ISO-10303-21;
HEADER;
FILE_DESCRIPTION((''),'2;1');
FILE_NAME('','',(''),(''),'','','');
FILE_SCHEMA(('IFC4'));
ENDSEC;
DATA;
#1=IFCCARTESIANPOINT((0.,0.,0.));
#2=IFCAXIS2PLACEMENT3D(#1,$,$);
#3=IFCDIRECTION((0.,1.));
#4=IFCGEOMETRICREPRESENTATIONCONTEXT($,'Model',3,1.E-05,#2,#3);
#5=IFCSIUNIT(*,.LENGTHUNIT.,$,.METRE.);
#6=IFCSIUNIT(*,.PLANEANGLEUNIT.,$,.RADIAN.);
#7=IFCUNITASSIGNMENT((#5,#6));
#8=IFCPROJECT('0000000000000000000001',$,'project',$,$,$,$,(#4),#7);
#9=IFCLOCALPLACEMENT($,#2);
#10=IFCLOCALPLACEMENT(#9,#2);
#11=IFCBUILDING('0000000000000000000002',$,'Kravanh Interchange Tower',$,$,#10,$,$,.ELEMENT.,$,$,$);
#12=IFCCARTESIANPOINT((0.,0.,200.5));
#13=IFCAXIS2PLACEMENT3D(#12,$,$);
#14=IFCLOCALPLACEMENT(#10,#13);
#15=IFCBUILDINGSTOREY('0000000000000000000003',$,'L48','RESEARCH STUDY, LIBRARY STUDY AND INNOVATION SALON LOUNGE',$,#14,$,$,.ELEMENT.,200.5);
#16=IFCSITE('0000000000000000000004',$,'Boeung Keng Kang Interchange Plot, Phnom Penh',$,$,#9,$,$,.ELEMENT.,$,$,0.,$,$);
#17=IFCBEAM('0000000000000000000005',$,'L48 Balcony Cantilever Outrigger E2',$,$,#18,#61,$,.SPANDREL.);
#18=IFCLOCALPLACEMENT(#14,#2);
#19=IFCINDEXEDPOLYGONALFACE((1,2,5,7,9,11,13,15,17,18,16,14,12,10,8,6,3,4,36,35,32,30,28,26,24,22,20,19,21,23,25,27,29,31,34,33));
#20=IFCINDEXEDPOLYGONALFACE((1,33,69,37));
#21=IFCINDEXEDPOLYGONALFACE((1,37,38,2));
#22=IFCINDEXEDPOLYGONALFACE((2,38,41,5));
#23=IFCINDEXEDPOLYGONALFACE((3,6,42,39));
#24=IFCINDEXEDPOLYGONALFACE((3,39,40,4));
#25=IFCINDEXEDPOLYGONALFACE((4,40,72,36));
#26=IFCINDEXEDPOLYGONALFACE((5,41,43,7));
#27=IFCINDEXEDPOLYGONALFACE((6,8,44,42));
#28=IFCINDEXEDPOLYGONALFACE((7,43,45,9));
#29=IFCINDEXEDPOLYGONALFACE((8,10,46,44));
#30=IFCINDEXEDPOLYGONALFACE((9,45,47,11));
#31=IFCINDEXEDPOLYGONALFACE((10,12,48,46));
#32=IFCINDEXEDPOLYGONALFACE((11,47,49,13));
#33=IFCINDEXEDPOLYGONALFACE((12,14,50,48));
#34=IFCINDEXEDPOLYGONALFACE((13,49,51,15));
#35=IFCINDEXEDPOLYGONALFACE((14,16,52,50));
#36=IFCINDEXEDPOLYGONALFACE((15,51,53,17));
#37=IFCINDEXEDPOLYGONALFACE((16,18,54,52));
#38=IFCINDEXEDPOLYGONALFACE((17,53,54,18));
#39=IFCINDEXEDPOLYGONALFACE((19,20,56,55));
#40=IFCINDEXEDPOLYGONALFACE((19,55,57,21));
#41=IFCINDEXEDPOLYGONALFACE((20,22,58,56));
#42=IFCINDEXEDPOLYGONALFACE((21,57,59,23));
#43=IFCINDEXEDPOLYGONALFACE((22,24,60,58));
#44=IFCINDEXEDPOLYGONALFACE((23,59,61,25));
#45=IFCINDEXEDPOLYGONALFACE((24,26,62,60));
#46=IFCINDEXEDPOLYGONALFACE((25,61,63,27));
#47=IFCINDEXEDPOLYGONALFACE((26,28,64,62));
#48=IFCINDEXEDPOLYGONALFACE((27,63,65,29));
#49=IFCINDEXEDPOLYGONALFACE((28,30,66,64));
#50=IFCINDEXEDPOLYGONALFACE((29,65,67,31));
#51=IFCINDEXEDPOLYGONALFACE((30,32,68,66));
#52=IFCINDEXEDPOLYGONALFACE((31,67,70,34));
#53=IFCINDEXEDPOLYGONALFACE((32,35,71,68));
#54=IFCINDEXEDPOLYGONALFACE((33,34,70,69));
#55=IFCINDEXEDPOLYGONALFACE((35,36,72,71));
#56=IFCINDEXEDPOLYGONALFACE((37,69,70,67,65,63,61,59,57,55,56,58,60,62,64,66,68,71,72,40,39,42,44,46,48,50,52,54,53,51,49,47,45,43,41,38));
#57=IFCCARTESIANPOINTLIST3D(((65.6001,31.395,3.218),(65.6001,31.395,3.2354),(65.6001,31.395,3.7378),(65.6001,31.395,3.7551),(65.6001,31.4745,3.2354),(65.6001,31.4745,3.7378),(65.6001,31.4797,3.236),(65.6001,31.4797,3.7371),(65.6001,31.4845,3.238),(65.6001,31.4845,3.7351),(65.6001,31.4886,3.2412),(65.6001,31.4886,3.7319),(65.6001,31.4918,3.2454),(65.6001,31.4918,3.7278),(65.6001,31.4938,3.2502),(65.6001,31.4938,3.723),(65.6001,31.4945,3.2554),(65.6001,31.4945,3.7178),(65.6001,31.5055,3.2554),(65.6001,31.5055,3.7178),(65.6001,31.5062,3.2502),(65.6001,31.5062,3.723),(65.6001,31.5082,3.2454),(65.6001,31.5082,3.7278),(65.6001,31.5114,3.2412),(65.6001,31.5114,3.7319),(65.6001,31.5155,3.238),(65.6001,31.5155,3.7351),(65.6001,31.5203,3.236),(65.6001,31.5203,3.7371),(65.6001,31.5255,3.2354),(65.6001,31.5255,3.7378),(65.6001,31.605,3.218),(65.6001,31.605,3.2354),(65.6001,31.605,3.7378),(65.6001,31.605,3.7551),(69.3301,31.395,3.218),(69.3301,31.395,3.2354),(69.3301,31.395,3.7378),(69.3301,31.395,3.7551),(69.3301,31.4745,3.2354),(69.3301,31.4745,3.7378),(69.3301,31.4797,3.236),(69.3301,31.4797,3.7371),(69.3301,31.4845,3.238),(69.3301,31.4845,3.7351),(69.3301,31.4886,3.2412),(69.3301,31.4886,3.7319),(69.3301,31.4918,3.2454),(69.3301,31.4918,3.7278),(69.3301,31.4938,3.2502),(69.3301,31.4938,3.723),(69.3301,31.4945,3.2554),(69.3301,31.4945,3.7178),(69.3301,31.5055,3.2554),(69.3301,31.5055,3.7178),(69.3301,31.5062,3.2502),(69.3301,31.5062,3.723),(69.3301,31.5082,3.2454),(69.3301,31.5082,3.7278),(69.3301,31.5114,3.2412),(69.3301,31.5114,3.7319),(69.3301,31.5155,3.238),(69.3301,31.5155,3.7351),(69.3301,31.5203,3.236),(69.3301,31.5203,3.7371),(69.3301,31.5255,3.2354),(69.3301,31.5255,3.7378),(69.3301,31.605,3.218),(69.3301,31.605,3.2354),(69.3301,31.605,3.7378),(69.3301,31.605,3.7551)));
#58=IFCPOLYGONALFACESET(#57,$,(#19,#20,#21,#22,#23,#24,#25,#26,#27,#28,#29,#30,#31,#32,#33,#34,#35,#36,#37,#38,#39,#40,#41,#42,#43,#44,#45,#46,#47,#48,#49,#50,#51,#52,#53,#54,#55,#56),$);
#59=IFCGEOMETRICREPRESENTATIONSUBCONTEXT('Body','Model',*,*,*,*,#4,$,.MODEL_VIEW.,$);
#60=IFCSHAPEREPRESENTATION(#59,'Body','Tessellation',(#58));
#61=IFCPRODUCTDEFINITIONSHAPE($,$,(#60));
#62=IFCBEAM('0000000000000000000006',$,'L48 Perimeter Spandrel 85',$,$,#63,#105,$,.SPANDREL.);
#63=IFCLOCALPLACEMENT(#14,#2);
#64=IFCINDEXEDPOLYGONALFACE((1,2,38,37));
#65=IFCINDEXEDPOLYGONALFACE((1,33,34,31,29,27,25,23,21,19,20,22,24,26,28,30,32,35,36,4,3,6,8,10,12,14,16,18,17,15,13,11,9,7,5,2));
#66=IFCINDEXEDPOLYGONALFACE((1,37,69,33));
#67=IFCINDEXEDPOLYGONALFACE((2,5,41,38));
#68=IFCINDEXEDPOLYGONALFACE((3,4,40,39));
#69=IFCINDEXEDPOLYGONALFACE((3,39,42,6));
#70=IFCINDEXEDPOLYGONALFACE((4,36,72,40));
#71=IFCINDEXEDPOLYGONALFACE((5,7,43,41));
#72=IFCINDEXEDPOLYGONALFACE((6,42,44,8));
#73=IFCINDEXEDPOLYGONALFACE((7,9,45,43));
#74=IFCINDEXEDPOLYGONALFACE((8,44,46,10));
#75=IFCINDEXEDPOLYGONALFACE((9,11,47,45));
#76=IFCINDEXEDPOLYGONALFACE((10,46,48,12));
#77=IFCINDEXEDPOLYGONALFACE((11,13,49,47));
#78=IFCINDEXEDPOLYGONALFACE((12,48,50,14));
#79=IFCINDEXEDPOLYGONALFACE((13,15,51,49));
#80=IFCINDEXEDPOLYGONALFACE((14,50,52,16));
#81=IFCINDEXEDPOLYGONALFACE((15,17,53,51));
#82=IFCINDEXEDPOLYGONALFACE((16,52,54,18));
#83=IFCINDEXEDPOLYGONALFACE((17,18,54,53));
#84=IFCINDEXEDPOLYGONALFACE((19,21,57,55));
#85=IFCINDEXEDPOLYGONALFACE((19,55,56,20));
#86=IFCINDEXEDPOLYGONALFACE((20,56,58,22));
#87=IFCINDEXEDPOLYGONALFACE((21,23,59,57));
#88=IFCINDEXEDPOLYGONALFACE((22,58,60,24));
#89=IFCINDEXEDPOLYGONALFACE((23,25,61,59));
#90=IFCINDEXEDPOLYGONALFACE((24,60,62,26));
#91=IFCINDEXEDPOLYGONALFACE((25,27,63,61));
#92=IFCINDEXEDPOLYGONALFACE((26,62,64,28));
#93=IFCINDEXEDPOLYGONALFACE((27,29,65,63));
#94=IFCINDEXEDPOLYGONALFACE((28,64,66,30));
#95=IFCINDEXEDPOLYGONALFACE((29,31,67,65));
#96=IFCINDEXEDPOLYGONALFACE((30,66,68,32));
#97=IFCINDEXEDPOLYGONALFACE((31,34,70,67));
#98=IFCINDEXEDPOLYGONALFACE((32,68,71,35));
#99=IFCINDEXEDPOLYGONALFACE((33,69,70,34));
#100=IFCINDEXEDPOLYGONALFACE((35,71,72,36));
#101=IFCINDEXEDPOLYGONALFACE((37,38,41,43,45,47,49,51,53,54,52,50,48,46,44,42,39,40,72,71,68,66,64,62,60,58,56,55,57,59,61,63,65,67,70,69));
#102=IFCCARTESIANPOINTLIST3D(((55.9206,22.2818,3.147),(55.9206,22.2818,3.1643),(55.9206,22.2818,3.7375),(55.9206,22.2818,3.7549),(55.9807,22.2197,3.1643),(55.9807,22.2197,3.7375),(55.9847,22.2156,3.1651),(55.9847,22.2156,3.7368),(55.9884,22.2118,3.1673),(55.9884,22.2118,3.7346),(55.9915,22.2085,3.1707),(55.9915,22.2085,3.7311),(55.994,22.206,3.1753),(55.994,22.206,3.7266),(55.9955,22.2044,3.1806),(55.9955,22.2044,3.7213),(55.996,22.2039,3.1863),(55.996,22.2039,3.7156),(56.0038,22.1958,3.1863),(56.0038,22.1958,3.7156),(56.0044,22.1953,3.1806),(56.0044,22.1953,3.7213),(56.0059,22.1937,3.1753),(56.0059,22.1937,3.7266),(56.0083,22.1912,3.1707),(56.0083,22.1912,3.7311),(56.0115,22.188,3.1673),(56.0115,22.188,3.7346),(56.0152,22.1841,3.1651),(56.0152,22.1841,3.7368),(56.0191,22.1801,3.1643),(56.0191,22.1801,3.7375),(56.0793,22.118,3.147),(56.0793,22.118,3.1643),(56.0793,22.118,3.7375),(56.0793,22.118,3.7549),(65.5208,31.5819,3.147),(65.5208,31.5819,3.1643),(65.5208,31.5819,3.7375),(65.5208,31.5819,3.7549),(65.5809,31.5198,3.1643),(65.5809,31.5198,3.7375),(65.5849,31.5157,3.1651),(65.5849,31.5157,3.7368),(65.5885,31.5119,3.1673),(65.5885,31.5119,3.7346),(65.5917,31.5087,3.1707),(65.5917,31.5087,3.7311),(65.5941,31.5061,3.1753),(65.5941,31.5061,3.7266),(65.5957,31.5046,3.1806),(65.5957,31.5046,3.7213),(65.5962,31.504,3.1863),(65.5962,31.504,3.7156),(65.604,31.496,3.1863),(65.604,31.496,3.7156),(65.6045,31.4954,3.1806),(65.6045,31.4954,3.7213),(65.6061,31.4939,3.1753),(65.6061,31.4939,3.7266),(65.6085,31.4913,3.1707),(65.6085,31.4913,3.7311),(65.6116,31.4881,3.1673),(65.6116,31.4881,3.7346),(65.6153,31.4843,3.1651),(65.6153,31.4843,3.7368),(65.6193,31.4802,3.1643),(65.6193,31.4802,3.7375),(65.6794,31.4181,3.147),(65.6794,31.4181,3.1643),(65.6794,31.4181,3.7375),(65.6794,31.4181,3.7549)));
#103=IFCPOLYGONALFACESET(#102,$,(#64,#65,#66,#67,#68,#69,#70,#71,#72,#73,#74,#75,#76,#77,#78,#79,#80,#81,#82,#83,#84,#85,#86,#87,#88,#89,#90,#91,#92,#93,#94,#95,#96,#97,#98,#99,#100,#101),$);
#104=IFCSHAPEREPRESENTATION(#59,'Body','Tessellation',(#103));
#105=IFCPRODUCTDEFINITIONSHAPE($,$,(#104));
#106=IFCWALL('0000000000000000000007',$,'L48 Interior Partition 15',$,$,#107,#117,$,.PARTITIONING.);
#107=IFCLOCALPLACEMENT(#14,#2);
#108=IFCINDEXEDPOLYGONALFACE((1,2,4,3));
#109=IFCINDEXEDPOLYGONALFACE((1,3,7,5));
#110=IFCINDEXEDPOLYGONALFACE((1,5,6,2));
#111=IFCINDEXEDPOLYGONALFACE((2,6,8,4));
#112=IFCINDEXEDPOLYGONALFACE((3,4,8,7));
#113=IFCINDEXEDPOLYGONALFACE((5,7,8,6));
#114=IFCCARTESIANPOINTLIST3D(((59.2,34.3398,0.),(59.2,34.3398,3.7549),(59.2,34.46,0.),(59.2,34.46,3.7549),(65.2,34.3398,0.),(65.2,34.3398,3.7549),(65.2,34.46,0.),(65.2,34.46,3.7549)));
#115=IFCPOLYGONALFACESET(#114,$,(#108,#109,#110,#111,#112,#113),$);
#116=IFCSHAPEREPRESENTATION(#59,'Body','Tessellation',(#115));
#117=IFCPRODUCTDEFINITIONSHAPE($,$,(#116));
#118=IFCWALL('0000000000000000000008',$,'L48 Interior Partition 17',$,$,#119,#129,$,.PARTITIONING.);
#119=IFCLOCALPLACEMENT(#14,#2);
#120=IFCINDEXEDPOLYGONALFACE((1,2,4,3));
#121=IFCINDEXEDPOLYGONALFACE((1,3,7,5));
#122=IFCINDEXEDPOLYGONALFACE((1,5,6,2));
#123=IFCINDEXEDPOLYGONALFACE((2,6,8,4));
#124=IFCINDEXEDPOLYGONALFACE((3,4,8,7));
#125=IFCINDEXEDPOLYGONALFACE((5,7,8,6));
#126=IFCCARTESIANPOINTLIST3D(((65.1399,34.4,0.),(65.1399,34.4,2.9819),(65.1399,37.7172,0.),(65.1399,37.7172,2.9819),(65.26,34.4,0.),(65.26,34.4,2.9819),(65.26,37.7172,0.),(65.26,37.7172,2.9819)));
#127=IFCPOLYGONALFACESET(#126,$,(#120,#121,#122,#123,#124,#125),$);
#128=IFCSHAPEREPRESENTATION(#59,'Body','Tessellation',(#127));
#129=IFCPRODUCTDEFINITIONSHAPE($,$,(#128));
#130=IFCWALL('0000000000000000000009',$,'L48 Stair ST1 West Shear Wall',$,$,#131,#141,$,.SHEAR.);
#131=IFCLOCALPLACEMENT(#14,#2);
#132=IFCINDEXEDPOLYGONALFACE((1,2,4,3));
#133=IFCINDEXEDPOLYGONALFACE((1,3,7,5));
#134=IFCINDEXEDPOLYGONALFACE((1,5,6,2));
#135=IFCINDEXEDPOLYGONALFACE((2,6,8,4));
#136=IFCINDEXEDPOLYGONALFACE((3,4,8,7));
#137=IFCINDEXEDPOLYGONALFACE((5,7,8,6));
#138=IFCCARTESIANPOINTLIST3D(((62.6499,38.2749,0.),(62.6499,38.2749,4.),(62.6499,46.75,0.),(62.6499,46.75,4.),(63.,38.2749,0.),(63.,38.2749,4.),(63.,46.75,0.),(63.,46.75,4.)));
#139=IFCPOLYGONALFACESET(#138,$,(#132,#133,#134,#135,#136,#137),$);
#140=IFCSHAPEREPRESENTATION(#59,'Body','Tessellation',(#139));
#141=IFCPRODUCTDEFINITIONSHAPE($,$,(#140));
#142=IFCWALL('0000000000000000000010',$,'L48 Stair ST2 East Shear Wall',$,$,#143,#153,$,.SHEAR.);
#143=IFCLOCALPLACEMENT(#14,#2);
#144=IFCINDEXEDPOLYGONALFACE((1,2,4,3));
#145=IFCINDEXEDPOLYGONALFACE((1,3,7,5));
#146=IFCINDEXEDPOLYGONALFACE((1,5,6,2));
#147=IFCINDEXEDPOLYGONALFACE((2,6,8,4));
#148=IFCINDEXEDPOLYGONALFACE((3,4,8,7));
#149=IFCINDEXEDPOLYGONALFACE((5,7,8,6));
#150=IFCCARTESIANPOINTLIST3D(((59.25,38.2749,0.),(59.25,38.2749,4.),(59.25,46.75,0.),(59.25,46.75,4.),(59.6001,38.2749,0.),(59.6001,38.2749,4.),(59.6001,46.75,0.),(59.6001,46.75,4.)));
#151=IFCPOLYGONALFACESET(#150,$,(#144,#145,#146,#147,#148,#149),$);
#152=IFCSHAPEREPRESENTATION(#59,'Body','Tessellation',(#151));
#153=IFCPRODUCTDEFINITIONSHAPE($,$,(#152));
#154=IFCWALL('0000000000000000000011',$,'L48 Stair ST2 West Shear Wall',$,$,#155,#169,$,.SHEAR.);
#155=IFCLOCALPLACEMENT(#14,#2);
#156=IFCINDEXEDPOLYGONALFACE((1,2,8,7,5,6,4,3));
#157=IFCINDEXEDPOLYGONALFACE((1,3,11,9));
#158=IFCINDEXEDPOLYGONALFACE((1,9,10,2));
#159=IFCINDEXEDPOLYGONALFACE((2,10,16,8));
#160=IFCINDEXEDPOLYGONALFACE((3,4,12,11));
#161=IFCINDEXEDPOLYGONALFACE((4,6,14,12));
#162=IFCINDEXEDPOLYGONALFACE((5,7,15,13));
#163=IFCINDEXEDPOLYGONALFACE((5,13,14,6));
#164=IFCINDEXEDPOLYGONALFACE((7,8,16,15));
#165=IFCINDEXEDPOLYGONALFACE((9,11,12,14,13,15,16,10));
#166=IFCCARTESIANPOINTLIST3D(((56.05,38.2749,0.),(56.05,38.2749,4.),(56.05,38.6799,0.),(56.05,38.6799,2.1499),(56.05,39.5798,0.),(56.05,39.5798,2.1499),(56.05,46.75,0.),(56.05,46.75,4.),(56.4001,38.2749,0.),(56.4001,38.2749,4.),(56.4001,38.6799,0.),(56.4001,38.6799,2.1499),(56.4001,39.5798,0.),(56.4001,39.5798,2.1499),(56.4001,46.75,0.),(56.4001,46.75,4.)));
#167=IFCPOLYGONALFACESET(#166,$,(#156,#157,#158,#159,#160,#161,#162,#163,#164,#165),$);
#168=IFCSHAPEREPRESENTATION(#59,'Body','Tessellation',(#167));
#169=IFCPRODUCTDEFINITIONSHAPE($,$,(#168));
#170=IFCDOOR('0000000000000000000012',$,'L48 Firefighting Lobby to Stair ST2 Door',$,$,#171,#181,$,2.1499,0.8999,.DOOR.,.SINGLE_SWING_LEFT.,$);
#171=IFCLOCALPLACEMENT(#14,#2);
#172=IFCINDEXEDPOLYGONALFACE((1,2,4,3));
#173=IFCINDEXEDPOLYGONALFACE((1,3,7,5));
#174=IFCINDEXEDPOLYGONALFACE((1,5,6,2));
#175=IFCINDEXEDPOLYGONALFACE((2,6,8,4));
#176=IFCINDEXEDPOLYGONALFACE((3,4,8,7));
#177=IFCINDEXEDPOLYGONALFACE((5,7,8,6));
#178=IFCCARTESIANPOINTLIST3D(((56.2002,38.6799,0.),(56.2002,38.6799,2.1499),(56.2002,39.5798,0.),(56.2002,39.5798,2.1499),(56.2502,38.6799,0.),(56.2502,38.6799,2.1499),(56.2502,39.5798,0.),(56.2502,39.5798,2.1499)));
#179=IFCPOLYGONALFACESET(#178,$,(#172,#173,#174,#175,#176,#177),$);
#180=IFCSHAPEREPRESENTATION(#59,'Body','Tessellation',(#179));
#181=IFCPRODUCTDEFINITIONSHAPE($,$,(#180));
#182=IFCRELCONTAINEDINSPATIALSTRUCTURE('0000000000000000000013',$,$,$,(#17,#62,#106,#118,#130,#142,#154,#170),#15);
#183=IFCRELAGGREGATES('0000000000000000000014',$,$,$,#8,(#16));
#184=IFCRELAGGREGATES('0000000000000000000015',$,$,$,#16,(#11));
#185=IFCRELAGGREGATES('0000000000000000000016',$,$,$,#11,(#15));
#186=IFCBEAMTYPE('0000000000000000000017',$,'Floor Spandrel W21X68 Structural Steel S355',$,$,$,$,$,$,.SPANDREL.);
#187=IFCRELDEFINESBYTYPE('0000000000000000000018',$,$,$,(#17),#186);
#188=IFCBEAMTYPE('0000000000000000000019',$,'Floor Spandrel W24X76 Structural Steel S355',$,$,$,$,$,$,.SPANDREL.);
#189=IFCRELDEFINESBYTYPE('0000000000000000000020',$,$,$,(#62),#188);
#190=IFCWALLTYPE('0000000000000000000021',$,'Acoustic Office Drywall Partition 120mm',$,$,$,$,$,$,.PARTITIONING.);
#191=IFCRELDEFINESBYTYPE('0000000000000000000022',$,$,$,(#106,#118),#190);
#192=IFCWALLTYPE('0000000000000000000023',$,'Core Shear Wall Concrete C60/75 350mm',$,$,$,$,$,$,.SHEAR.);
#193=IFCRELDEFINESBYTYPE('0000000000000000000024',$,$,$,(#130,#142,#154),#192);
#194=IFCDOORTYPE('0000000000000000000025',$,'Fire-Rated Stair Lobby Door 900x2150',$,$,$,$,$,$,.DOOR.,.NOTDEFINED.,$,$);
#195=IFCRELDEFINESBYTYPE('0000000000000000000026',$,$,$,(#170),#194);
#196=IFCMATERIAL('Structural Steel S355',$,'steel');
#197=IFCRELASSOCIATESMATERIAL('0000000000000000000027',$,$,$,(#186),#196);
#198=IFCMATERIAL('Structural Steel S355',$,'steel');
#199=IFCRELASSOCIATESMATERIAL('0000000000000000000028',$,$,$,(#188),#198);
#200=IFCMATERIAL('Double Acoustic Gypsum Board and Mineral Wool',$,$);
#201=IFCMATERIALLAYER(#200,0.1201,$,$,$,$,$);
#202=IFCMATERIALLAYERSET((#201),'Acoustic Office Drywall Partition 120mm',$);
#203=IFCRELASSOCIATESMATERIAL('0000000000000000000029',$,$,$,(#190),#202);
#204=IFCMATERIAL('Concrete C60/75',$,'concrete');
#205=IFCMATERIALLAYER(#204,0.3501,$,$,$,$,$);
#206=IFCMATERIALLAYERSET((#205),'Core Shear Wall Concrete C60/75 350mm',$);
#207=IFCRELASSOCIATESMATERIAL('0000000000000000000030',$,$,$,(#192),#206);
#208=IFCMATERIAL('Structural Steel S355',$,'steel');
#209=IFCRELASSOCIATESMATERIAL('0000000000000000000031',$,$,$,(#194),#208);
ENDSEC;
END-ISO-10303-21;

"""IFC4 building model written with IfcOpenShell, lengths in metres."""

from ifc_helpers import new_model, si_unit, direction, frame, frame_2d, origin, origin_2d, place, context, subcontext, project, spatial, rectangle, i_section, extrude, material, layer, layer_set, material_profile, profile_set, type_object, element, fill, save


model = new_model("IFC4")

# Units and contexts
model_context = context("Model", 3, precision=1e-05, world=origin(), true_north=direction((0.0, 1.0)))
body_context = subcontext(model_context, "Body", "Model", "MODEL_VIEW")
ifc_project = project(units=[si_unit("LENGTHUNIT", "METRE"), si_unit("PLANEANGLEUNIT", "RADIAN")], contexts=[model_context])

# Site, building, storey
site_placement = place(None, origin())
site = spatial("IfcSite", under=ifc_project, at=site_placement, Name="Boeung Keng Kang Interchange Plot, Phnom Penh", CompositionType="ELEMENT", RefElevation=0.0)
building_placement = place(site_placement, origin())
building = spatial("IfcBuilding", under=site, at=building_placement, Name="Kravanh Interchange Tower", CompositionType="ELEMENT")
storey_placement = place(building_placement, frame((0.0, 0.0, 200.5)))
storey = spatial("IfcBuildingStorey", under=building, at=storey_placement, Name="L48", Description="RESEARCH STUDY, LIBRARY STUDY AND INNOVATION SALON LOUNGE", CompositionType="ELEMENT", Elevation=200.5)

# Beams
ifc_material_1 = material(Name="Structural Steel S355", Category="steel")
ifc_material_profile_1 = material_profile(ifc_material_1, i_section(OverallWidth=0.21, OverallDepth=0.5371, WebThickness=0.011, FlangeThickness=0.0173, FilletRadius=0.02, at=origin_2d()), Name="W21X68")
ifc_profile_set_1 = profile_set([ifc_material_profile_1], Name="Structural Steel S355")
beam_type_1 = type_object("IfcBeamType", Name="Floor Spandrel W21X68 Structural Steel S355", PredefinedType="SPANDREL", material=ifc_profile_set_1)
beam_1_placement = place(storey_placement, frame((65.6001, 31.5, 3.4866), z_axis=(1.0, 0.0, 0.0), x_axis=(0.0, 1.0, 0.0)))
element("IfcBeam", 1, at=beam_1_placement, inside=storey, type_object=beam_type_1, Name="L48 Balcony Cantilever Outrigger E2", PredefinedType="SPANDREL", context=body_context, shape_type="SweptSolid", body=[
    extrude(i_section(OverallWidth=0.21, OverallDepth=0.5371, WebThickness=0.011, FlangeThickness=0.0173, FilletRadius=0.02, at=origin_2d()), origin(), (0.0, 0.0, 1.0), 3.73),
])
ifc_material_2 = material(Name="Structural Steel S355", Category="steel")
ifc_material_profile_2 = material_profile(ifc_material_2, i_section(OverallWidth=0.228, OverallDepth=0.6079, WebThickness=0.0112, FlangeThickness=0.0173, FilletRadius=0.022, at=origin_2d()), Name="W24X76")
ifc_profile_set_2 = profile_set([ifc_material_profile_2], Name="Structural Steel S355")
beam_type_2 = type_object("IfcBeamType", Name="Floor Spandrel W24X76 Structural Steel S355", PredefinedType="SPANDREL", material=ifc_profile_set_2)
beam_2_placement = place(storey_placement, frame((65.6001, 31.5, 3.4509), z_axis=(-0.718242, -0.695793, 0.0), x_axis=(0.695793, -0.718242, 0.0)))
element("IfcBeam", 2, at=beam_2_placement, inside=storey, type_object=beam_type_2, Name="L48 Perimeter Spandrel 85", PredefinedType="SPANDREL", context=body_context, shape_type="SweptSolid", body=[
    extrude(i_section(OverallWidth=0.228, OverallDepth=0.6079, WebThickness=0.0112, FlangeThickness=0.0173, FilletRadius=0.022, at=origin_2d()), origin(), (0.0, 0.0, 1.0), 13.3662),
])

# Walls
ifc_material_3 = material(Name="Double Acoustic Gypsum Board and Mineral Wool")
ifc_layer_1 = layer(ifc_material_3, 0.1201)
ifc_layer_set_1 = layer_set([ifc_layer_1], Name="Acoustic Office Drywall Partition 120mm")
wall_type_1 = type_object("IfcWallType", Name="Acoustic Office Drywall Partition 120mm", PredefinedType="PARTITIONING", material=ifc_layer_set_1)
wall_1_placement = place(storey_placement, frame((59.2, 34.3999, 0.0), z_axis=(0.0, 0.0, 1.0), x_axis=(1.0, 0.0, 0.0)))
element("IfcWall", 3, at=wall_1_placement, inside=storey, type_object=wall_type_1, Name="L48 Interior Partition 15", PredefinedType="PARTITIONING", context=body_context, shape_type="SweptSolid", body=[
    extrude(rectangle(XDim=6.0, YDim=0.1201, at=frame_2d((3.0, 0.0))), origin(), (0.0, 0.0, 1.0), 3.7549),
])
wall_2_placement = place(storey_placement, frame((65.2, 34.3999, 0.0), z_axis=(0.0, 0.0, 1.0), x_axis=(0.0, 1.0, 0.0)))
element("IfcWall", 4, at=wall_2_placement, inside=storey, type_object=wall_type_1, Name="L48 Interior Partition 17", PredefinedType="PARTITIONING", context=body_context, shape_type="SweptSolid", body=[
    extrude(rectangle(XDim=3.3171, YDim=0.1201, at=frame_2d((1.6587, 0.0))), origin(), (0.0, 0.0, 1.0), 2.9819),
])
ifc_material_4 = material(Name="Concrete C60/75", Category="concrete")
ifc_layer_2 = layer(ifc_material_4, 0.3501)
ifc_layer_set_2 = layer_set([ifc_layer_2], Name="Core Shear Wall Concrete C60/75 350mm")
wall_type_2 = type_object("IfcWallType", Name="Core Shear Wall Concrete C60/75 350mm", PredefinedType="SHEAR", material=ifc_layer_set_2)
for number, where, z_axis, x_axis, name in (
    (5, (62.825, 38.2749, 0.0), (0.0, 0.0, 1.0), (0.0, 1.0, 0.0), "L48 Stair ST1 West Shear Wall"),
    (6, (59.425, 38.2749, 0.0), (0.0, 0.0, 1.0), (0.0, 1.0, 0.0), "L48 Stair ST2 East Shear Wall"),
):
    element("IfcWall", number, at=place(storey_placement, frame(where, z_axis=z_axis, x_axis=x_axis)), inside=storey, type_object=wall_type_2, Name=name, PredefinedType="SHEAR", context=body_context, shape_type="SweptSolid", body=[
        extrude(rectangle(XDim=8.4751, YDim=0.3501, at=frame_2d((4.2375, 0.0))), origin(), (0.0, 0.0, 1.0), 4.0),
    ])

# Wall, opening, door
wall_3_placement = place(storey_placement, frame((56.2251, 38.2749, 0.0), z_axis=(0.0, 0.0, 1.0), x_axis=(0.0, 1.0, 0.0)))
wall_3 = element("IfcWall", 7, at=wall_3_placement, inside=storey, type_object=wall_type_2, Name="L48 Stair ST2 West Shear Wall", PredefinedType="SHEAR", context=body_context, shape_type="SweptSolid", body=[
    extrude(rectangle(XDim=8.4751, YDim=0.3501, at=frame_2d((4.2375, 0.0))), origin(), (0.0, 0.0, 1.0), 4.0),
])
opening_1_placement = place(wall_3_placement, frame((0.405, 0.0, 0.0)))
opening_1 = element("IfcOpeningElement", 8, at=opening_1_placement, cuts=wall_3, PredefinedType="OPENING", context=body_context, shape_type="SweptSolid", body=[
    extrude(rectangle(XDim=0.8999, YDim=2.1499, at=frame_2d((0.45, 1.075))), frame((0.0, 0.1851, 0.0), z_axis=(0.0, -1.0, 0.0), x_axis=(1.0, 0.0, 0.0)), (0.0, 0.0, 1.0), 0.3701),
])
ifc_material_5 = material(Name="Structural Steel S355", Category="steel")
door_type_1 = type_object("IfcDoorType", Name="Fire-Rated Stair Lobby Door 900x2150", OperationType="NOTDEFINED", PredefinedType="DOOR", material=ifc_material_5)
door_1_placement = place(opening_1_placement, origin())
door_1 = element("IfcDoor", 9, at=door_1_placement, inside=storey, type_object=door_type_1, Name="L48 Firefighting Lobby to Stair ST2 Door", OperationType="SINGLE_SWING_LEFT", OverallHeight=2.1499, OverallWidth=0.8999, PredefinedType="DOOR", context=body_context, shape_type="SweptSolid", body=[
    extrude(rectangle(XDim=0.8999, YDim=2.1499, at=frame_2d((0.45, 1.075))), frame((0.0, 0.0249, 0.0), z_axis=(0.0, -1.0, 0.0), x_axis=(1.0, 0.0, 0.0)), (0.0, 0.0, 1.0), 0.05),
])
fill(opening_1, door_1)

save(model, "model.ifc")
